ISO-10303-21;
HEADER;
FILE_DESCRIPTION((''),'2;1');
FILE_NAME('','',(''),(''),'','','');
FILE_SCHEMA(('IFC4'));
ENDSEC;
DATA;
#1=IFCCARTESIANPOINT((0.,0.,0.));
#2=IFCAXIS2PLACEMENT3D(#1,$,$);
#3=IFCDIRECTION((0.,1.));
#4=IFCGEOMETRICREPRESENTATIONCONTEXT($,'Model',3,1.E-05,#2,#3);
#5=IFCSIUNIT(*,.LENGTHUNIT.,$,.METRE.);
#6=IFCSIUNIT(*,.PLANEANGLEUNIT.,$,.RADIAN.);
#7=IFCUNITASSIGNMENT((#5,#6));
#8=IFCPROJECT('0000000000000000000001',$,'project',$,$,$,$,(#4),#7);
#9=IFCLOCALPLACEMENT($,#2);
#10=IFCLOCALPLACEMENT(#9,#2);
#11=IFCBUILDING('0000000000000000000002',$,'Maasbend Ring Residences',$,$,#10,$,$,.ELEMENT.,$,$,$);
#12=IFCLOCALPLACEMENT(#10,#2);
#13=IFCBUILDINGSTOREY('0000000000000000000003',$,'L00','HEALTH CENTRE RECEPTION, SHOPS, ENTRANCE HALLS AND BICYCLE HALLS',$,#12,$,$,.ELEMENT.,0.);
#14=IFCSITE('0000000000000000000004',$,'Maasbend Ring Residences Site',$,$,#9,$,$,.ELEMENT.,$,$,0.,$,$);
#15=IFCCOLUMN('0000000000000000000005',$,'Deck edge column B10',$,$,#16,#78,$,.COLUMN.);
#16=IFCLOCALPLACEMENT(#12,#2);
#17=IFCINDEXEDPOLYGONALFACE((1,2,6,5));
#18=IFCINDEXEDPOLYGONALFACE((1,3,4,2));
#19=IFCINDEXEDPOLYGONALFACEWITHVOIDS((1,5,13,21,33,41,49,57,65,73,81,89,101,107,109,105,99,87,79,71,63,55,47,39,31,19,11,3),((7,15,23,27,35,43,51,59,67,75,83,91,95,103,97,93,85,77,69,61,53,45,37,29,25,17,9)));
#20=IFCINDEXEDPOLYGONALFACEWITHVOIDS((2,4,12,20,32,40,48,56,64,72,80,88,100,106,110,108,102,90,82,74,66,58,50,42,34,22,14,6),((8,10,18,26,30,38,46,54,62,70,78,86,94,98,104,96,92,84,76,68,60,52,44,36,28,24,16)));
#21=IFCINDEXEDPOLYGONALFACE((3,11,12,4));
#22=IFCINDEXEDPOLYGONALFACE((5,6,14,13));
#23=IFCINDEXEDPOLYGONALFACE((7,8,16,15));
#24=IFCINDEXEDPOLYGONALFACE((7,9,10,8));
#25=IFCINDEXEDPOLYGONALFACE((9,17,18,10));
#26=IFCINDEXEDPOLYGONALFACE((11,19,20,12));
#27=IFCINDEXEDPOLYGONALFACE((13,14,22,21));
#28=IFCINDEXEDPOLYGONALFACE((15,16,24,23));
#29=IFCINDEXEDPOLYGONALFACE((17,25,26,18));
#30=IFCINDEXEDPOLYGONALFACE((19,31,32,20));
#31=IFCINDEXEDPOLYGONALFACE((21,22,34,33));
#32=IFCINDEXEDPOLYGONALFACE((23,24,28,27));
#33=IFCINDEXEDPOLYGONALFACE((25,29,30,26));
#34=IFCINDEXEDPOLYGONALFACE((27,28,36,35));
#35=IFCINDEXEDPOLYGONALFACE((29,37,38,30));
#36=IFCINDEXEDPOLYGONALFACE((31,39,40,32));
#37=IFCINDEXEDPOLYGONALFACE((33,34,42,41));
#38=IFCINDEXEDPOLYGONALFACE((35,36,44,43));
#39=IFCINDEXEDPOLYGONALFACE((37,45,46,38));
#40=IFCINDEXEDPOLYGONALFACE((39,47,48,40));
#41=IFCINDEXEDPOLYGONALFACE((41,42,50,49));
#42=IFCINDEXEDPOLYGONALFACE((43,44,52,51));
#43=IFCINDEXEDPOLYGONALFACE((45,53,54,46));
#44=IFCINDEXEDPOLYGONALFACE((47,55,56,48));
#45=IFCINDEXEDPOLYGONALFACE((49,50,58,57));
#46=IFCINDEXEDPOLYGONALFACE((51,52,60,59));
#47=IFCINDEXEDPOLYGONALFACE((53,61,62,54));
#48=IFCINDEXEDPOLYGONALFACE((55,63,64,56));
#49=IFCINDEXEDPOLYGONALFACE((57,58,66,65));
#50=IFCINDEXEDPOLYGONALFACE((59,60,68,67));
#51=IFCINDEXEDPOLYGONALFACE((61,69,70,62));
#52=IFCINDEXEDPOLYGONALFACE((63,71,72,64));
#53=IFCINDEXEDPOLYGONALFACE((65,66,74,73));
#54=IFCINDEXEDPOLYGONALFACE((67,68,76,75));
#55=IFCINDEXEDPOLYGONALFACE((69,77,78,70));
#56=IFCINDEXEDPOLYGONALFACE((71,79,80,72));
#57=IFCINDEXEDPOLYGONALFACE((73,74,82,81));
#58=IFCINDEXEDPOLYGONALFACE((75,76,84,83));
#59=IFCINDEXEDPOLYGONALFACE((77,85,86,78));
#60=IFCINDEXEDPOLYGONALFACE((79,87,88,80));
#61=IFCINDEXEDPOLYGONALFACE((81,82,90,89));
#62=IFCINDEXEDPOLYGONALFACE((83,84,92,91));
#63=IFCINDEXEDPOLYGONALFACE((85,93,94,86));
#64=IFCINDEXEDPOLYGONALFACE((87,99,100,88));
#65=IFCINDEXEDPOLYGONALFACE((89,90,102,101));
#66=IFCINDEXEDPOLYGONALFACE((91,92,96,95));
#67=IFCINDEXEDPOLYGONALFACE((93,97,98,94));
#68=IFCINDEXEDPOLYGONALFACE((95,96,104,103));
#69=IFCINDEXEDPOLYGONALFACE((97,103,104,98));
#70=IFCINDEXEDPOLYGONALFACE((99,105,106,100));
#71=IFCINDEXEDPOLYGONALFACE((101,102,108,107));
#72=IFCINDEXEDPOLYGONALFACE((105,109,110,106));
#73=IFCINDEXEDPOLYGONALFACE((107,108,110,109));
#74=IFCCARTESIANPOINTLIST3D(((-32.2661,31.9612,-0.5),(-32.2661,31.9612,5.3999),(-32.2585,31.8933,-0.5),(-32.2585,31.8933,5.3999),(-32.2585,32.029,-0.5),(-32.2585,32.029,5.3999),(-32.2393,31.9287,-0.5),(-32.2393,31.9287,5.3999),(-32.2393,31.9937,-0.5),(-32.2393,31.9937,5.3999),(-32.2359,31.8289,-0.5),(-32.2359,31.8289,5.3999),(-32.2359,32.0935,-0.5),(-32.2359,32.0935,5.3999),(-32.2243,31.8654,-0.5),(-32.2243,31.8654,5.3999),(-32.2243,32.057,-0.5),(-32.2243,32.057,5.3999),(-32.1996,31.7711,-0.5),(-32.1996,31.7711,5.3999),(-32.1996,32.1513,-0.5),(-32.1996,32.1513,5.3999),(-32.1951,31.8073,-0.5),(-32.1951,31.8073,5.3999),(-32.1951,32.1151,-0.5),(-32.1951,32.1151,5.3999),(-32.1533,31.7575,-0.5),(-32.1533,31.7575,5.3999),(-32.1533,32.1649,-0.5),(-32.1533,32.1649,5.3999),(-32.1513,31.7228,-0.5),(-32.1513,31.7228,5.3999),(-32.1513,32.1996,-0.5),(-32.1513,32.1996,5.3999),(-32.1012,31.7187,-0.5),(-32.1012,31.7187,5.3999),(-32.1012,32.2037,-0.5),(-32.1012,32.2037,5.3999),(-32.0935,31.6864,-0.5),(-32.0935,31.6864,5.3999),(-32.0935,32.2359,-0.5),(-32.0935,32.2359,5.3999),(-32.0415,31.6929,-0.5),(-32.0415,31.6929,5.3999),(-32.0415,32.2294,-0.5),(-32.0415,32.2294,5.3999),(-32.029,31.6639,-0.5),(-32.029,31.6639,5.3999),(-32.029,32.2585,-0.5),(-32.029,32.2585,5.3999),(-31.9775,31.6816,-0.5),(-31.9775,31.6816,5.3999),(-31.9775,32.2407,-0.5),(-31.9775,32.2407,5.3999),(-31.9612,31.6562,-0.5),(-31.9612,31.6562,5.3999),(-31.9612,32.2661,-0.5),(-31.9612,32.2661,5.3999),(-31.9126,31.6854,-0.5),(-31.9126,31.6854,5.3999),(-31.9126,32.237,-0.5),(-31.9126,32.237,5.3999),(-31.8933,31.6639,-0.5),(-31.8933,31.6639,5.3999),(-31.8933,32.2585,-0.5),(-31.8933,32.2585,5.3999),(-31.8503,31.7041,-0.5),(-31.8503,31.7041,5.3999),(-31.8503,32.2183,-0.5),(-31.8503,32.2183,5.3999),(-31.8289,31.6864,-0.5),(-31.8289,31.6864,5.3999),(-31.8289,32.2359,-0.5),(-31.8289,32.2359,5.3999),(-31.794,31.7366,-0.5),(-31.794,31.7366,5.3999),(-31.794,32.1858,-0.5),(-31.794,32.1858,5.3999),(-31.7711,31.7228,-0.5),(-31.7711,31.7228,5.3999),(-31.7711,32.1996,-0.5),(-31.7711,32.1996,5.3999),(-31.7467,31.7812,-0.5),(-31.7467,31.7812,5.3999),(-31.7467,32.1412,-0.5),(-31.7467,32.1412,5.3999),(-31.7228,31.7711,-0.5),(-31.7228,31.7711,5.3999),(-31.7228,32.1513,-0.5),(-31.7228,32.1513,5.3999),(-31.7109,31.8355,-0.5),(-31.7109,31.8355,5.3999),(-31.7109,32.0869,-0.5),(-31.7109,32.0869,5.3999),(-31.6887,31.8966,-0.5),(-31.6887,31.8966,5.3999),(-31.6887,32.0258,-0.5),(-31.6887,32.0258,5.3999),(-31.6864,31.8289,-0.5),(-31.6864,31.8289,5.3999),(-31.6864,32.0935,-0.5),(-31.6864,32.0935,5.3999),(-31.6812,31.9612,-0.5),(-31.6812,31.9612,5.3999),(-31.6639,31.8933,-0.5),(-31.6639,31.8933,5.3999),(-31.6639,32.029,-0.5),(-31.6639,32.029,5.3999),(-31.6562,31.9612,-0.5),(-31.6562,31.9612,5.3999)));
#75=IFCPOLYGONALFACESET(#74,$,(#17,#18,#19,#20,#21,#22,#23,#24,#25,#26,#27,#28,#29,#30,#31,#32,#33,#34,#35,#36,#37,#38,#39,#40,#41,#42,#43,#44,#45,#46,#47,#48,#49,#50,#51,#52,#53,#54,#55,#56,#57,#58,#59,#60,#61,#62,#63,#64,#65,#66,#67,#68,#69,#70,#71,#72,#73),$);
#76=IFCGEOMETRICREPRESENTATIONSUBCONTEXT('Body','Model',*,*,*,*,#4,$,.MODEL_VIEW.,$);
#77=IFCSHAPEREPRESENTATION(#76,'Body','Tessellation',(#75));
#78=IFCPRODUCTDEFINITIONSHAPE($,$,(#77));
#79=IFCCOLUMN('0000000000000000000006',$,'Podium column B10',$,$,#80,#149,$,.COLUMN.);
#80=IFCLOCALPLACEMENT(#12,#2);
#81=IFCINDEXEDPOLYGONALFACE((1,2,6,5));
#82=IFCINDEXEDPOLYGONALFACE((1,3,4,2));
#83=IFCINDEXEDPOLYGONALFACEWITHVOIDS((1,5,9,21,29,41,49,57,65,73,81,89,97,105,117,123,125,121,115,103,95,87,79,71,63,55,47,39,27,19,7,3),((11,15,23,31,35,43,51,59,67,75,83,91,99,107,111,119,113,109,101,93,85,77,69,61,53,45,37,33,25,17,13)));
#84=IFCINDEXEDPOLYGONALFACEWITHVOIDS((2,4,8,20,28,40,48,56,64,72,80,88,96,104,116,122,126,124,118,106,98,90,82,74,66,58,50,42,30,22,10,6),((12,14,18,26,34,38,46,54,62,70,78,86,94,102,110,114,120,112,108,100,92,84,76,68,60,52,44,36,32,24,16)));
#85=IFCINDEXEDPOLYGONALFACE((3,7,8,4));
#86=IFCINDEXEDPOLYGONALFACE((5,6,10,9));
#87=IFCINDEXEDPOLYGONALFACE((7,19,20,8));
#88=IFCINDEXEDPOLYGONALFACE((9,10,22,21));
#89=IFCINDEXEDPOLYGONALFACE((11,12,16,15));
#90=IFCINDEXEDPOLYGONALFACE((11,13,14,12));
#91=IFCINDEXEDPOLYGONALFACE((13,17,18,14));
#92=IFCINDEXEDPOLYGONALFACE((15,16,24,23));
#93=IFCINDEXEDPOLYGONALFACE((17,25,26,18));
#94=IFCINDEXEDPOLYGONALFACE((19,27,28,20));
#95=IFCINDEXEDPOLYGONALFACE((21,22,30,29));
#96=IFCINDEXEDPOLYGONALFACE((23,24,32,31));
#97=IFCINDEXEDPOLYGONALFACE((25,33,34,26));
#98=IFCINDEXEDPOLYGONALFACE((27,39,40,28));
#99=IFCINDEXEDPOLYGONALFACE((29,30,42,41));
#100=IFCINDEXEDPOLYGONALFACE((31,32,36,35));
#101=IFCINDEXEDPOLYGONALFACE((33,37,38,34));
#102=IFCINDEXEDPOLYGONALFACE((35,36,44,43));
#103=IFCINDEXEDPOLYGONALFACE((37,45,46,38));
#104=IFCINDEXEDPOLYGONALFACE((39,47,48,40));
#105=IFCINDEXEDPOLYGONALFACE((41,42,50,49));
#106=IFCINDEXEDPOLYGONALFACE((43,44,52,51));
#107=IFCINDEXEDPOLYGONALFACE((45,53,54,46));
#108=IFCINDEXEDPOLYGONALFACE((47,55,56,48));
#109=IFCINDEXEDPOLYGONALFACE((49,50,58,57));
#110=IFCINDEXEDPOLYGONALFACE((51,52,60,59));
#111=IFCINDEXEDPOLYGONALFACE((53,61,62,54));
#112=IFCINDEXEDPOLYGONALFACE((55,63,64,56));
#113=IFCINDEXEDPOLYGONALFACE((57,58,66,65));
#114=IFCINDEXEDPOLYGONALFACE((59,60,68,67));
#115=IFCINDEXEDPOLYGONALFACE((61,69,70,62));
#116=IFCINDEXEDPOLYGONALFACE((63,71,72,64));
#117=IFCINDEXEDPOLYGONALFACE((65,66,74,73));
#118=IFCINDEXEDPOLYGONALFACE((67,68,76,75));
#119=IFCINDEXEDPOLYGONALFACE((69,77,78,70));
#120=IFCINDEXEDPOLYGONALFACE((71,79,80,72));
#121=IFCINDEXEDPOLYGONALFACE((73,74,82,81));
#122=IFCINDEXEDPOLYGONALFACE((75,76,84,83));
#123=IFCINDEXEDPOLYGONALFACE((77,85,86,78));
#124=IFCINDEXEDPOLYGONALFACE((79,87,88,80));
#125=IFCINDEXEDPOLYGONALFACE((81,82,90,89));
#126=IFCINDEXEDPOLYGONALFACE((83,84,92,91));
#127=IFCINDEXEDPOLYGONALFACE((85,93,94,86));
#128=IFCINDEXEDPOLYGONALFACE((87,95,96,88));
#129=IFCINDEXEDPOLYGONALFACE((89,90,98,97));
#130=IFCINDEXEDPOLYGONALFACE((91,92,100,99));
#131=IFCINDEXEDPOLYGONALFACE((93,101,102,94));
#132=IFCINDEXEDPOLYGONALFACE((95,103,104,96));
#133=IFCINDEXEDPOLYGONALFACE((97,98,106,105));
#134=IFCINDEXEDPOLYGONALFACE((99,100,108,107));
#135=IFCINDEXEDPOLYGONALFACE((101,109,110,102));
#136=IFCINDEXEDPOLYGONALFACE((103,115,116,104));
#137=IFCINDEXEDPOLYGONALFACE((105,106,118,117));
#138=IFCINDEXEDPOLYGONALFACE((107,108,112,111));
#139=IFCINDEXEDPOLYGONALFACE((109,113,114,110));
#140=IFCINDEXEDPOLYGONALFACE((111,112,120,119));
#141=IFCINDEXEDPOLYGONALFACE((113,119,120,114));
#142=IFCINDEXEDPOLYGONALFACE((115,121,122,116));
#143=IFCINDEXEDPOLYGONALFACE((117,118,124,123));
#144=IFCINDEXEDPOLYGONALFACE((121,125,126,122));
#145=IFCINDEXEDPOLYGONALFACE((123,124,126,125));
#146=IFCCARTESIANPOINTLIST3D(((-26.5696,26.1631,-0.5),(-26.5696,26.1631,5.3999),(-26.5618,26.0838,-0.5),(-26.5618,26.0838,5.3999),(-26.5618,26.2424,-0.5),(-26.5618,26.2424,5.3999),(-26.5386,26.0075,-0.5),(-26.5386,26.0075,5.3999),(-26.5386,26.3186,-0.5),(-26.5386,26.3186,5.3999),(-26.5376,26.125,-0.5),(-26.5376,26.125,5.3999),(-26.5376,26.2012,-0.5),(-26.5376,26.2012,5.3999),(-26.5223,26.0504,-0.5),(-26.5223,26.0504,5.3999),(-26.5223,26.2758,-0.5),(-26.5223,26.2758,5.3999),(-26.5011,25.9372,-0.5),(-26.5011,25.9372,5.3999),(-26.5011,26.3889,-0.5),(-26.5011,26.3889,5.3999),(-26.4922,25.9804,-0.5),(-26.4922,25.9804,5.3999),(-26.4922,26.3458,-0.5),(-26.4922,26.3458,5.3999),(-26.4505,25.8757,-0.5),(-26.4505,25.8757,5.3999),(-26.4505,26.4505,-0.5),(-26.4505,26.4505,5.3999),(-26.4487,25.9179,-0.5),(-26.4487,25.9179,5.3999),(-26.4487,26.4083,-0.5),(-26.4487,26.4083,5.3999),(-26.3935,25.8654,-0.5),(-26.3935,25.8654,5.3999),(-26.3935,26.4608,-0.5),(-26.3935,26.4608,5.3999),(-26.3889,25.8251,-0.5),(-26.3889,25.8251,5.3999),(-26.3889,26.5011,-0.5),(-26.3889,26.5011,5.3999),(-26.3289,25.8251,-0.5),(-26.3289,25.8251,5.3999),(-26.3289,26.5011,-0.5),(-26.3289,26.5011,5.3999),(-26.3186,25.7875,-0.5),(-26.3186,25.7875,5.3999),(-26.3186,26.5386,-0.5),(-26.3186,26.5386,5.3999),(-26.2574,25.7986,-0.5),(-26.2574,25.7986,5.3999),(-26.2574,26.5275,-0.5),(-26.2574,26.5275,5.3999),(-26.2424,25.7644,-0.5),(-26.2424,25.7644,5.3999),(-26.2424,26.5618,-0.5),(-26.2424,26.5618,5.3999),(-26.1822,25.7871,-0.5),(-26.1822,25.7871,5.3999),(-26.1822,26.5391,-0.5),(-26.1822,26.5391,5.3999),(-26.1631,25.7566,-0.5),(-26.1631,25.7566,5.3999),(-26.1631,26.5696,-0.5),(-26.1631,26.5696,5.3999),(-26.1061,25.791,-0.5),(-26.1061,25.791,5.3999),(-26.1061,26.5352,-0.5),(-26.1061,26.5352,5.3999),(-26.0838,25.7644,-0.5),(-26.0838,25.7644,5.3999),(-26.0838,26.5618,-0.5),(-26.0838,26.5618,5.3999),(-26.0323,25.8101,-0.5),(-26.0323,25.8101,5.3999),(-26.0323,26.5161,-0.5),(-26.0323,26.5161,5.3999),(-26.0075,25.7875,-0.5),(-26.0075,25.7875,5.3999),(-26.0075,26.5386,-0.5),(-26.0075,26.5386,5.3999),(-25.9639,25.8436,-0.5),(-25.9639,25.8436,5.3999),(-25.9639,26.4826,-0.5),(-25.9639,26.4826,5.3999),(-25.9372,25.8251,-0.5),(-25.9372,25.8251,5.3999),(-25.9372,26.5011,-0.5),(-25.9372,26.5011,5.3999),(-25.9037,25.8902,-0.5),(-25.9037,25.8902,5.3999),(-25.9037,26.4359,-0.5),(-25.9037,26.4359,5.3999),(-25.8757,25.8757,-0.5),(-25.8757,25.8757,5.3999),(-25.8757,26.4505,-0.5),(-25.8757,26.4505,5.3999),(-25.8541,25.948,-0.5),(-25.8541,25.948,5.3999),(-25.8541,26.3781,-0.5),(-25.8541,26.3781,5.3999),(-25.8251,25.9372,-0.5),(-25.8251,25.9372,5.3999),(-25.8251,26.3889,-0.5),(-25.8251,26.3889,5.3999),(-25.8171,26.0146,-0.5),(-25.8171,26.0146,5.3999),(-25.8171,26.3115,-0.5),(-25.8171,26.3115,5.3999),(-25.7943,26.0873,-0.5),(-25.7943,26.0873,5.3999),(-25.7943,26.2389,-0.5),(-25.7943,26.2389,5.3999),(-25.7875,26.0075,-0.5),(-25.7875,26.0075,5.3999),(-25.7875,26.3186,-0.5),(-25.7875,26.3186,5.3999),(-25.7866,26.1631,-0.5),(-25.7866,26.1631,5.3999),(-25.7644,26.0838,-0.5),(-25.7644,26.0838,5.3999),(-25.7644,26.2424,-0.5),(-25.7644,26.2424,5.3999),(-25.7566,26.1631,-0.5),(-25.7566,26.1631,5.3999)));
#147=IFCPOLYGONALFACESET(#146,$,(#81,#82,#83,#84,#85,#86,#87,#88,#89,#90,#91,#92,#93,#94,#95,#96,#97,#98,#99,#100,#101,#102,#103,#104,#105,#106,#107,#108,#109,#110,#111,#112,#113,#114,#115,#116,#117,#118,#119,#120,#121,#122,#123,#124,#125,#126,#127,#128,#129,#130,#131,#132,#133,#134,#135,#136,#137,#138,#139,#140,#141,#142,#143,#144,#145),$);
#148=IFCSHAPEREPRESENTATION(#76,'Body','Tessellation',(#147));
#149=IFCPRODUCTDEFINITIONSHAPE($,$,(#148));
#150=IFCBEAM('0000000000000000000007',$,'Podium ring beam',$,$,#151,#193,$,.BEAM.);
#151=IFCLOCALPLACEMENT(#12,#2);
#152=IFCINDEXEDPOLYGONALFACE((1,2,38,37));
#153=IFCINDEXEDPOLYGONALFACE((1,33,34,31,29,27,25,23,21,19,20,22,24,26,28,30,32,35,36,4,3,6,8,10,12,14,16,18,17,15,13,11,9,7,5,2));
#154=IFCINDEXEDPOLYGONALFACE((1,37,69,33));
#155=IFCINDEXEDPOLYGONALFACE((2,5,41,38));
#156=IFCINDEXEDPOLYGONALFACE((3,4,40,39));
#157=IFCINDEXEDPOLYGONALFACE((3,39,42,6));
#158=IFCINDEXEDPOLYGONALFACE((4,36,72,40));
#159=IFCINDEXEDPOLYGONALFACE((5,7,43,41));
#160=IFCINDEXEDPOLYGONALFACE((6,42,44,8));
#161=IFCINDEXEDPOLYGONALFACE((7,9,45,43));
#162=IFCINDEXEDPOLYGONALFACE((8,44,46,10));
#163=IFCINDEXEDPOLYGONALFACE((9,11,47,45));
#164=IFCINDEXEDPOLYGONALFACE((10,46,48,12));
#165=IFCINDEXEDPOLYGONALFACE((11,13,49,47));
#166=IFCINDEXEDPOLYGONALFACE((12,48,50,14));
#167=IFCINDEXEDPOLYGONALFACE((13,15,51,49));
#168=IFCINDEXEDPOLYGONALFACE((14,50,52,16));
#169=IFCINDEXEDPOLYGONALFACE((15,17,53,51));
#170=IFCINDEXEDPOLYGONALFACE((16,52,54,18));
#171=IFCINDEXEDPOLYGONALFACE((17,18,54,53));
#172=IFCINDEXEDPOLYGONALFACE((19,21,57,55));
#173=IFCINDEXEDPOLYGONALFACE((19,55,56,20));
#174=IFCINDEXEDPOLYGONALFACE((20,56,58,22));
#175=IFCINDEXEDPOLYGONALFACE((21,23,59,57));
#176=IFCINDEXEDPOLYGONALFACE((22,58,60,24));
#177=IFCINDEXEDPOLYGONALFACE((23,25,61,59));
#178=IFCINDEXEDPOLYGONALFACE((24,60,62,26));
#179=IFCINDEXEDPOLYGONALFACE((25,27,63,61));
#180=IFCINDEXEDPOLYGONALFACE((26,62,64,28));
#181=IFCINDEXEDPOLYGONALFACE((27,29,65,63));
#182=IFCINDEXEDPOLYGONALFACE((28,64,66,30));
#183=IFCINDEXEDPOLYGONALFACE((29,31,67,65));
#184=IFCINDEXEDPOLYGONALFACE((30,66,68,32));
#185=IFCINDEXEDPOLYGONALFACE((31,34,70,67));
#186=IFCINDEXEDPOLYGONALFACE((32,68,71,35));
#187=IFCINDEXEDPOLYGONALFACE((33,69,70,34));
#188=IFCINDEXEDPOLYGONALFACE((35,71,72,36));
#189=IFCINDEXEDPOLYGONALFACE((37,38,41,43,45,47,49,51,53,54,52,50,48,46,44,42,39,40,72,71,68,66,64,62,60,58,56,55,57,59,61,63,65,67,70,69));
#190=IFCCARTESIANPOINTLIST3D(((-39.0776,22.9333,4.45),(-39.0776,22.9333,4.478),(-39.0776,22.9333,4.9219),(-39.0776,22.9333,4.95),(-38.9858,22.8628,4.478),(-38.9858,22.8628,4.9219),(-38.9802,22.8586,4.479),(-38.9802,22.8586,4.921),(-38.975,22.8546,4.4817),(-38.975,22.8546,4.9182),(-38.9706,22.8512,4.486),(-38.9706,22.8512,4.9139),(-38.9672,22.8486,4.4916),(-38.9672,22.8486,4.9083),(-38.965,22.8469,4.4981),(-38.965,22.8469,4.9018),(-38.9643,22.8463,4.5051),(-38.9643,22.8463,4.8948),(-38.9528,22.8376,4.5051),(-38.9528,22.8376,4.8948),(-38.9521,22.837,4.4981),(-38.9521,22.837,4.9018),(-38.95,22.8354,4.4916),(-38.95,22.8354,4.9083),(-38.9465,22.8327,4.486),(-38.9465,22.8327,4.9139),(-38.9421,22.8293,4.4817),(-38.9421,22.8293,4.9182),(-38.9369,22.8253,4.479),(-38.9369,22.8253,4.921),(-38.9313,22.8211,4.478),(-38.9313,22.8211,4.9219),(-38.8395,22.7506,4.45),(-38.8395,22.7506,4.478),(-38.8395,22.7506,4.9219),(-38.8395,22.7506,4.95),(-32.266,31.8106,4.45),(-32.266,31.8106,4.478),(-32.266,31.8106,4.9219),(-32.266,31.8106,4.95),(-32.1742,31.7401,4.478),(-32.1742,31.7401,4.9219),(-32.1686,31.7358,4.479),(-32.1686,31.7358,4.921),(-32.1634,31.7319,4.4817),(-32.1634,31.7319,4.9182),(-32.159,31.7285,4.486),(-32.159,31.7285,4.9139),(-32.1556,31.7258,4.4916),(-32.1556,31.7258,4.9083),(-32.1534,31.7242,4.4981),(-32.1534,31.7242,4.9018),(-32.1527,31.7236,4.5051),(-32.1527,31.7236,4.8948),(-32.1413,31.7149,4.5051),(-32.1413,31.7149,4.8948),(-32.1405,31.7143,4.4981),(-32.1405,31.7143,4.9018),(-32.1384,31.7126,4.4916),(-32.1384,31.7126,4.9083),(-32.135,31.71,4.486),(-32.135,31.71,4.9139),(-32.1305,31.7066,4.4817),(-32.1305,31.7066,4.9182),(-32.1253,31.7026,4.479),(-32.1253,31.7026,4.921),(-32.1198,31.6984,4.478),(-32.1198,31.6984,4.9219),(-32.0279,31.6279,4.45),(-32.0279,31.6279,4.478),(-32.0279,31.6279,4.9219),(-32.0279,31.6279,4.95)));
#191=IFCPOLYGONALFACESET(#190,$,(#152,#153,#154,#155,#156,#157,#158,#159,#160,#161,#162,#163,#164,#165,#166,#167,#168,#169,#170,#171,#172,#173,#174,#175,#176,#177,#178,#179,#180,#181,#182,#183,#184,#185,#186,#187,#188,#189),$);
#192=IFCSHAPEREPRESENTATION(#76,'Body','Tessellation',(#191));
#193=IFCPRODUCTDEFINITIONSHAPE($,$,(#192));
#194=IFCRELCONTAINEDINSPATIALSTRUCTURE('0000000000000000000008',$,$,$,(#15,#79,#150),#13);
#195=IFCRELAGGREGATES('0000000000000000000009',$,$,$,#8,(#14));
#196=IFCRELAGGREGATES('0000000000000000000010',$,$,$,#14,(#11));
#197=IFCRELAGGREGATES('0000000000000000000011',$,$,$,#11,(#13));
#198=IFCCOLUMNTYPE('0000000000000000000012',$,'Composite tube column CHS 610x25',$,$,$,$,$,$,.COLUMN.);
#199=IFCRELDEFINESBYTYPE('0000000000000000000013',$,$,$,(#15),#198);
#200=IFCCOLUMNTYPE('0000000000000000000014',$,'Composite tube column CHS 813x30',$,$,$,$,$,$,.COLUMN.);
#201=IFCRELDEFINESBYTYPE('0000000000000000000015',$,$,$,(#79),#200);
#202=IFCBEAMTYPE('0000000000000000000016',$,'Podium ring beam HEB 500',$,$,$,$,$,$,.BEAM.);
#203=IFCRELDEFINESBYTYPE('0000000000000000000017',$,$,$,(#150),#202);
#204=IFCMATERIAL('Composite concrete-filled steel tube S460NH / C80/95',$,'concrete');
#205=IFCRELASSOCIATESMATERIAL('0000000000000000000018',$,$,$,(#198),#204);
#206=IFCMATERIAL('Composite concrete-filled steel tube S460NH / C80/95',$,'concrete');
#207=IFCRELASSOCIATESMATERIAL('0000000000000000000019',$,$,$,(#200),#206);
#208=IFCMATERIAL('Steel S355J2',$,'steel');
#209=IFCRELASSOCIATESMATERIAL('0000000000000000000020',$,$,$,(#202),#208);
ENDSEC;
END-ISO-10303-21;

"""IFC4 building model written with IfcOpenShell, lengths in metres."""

from ifc_helpers import new_model, si_unit, direction, frame, origin, origin_2d, place, context, subcontext, project, spatial, hollow_circle, i_section, extrude, material, material_profile, profile_set, type_object, element, save


model = new_model("IFC4")

# Units and contexts
model_context = context("Model", 3, precision=1e-05, world=origin(), true_north=direction((0.0, 1.0)))
body_context = subcontext(model_context, "Body", "Model", "MODEL_VIEW")
ifc_project = project(units=[si_unit("LENGTHUNIT", "METRE"), si_unit("PLANEANGLEUNIT", "RADIAN")], contexts=[model_context])

# Site, building, storey
site_placement = place(None, origin())
site = spatial("IfcSite", under=ifc_project, at=site_placement, Name="Maasbend Ring Residences Site", CompositionType="ELEMENT", RefElevation=0.0)
building_placement = place(site_placement, origin())
building = spatial("IfcBuilding", under=site, at=building_placement, Name="Maasbend Ring Residences", CompositionType="ELEMENT")
storey_placement = place(building_placement, origin())
storey = spatial("IfcBuildingStorey", under=building, at=storey_placement, Name="L00", Description="HEALTH CENTRE RECEPTION, SHOPS, ENTRANCE HALLS AND BICYCLE HALLS", CompositionType="ELEMENT", Elevation=0.0)

# Columns
ifc_material_1 = material(Name="Composite concrete-filled steel tube S460NH / C80/95", Category="concrete")
ifc_material_profile_1 = material_profile(ifc_material_1, hollow_circle(Radius=0.3049, WallThickness=0.0249, at=origin_2d()), Name="Composite tube column CHS 610x25")
ifc_profile_set_1 = profile_set([ifc_material_profile_1], Name="Composite concrete-filled steel tube S460NH / C80/95")
column_type_1 = type_object("IfcColumnType", Name="Composite tube column CHS 610x25", PredefinedType="COLUMN", material=ifc_profile_set_1)
column_1_placement = place(storey_placement, frame((-31.9612, 31.9612, -0.5), z_axis=(0.0, 0.0, 1.0), x_axis=(1.0, 0.0, 0.0)))
element("IfcColumn", 1, at=column_1_placement, inside=storey, type_object=column_type_1, Name="Deck edge column B10", PredefinedType="COLUMN", context=body_context, shape_type="SweptSolid", body=[
    extrude(hollow_circle(Radius=0.3049, WallThickness=0.0249, at=origin_2d()), origin(), (0.0, 0.0, 1.0), 5.8999),
])
ifc_material_2 = material(Name="Composite concrete-filled steel tube S460NH / C80/95", Category="concrete")
ifc_material_profile_2 = material_profile(ifc_material_2, hollow_circle(Radius=0.4065, WallThickness=0.03, at=origin_2d()), Name="Composite tube column CHS 813x30")
ifc_profile_set_2 = profile_set([ifc_material_profile_2], Name="Composite concrete-filled steel tube S460NH / C80/95")
column_type_2 = type_object("IfcColumnType", Name="Composite tube column CHS 813x30", PredefinedType="COLUMN", material=ifc_profile_set_2)
column_2_placement = place(storey_placement, frame((-26.1631, 26.1631, -0.5), z_axis=(0.0, 0.0, 1.0), x_axis=(1.0, 0.0, 0.0)))
element("IfcColumn", 2, at=column_2_placement, inside=storey, type_object=column_type_2, Name="Podium column B10", PredefinedType="COLUMN", context=body_context, shape_type="SweptSolid", body=[
    extrude(hollow_circle(Radius=0.4065, WallThickness=0.03, at=origin_2d()), origin(), (0.0, 0.0, 1.0), 5.8999),
])

# Beam
ifc_material_3 = material(Name="Steel S355J2", Category="steel")
ifc_material_profile_3 = material_profile(ifc_material_3, i_section(OverallWidth=0.3, OverallDepth=0.5, WebThickness=0.0144, FlangeThickness=0.0281, FilletRadius=0.0271, at=origin_2d()), Name="HEB 500")
ifc_profile_set_3 = profile_set([ifc_material_profile_3], Name="Steel S355J2")
beam_type_1 = type_object("IfcBeamType", Name="Podium ring beam HEB 500", PredefinedType="BEAM", material=ifc_profile_set_3)
beam_1_placement = place(storey_placement, frame((-32.147, 31.7192, 4.7), z_axis=(-0.608751, -0.793362, 0.0), x_axis=(0.793362, -0.608751, 0.0)))
element("IfcBeam", 3, at=beam_1_placement, inside=storey, type_object=beam_type_1, Name="Podium ring beam", PredefinedType="BEAM", context=body_context, shape_type="SweptSolid", body=[
    extrude(i_section(OverallWidth=0.3, OverallDepth=0.5, WebThickness=0.0144, FlangeThickness=0.0281, FilletRadius=0.0271, at=origin_2d()), origin(), (0.0, 0.0, 1.0), 11.1895),
])

save(model, "model.ifc")
